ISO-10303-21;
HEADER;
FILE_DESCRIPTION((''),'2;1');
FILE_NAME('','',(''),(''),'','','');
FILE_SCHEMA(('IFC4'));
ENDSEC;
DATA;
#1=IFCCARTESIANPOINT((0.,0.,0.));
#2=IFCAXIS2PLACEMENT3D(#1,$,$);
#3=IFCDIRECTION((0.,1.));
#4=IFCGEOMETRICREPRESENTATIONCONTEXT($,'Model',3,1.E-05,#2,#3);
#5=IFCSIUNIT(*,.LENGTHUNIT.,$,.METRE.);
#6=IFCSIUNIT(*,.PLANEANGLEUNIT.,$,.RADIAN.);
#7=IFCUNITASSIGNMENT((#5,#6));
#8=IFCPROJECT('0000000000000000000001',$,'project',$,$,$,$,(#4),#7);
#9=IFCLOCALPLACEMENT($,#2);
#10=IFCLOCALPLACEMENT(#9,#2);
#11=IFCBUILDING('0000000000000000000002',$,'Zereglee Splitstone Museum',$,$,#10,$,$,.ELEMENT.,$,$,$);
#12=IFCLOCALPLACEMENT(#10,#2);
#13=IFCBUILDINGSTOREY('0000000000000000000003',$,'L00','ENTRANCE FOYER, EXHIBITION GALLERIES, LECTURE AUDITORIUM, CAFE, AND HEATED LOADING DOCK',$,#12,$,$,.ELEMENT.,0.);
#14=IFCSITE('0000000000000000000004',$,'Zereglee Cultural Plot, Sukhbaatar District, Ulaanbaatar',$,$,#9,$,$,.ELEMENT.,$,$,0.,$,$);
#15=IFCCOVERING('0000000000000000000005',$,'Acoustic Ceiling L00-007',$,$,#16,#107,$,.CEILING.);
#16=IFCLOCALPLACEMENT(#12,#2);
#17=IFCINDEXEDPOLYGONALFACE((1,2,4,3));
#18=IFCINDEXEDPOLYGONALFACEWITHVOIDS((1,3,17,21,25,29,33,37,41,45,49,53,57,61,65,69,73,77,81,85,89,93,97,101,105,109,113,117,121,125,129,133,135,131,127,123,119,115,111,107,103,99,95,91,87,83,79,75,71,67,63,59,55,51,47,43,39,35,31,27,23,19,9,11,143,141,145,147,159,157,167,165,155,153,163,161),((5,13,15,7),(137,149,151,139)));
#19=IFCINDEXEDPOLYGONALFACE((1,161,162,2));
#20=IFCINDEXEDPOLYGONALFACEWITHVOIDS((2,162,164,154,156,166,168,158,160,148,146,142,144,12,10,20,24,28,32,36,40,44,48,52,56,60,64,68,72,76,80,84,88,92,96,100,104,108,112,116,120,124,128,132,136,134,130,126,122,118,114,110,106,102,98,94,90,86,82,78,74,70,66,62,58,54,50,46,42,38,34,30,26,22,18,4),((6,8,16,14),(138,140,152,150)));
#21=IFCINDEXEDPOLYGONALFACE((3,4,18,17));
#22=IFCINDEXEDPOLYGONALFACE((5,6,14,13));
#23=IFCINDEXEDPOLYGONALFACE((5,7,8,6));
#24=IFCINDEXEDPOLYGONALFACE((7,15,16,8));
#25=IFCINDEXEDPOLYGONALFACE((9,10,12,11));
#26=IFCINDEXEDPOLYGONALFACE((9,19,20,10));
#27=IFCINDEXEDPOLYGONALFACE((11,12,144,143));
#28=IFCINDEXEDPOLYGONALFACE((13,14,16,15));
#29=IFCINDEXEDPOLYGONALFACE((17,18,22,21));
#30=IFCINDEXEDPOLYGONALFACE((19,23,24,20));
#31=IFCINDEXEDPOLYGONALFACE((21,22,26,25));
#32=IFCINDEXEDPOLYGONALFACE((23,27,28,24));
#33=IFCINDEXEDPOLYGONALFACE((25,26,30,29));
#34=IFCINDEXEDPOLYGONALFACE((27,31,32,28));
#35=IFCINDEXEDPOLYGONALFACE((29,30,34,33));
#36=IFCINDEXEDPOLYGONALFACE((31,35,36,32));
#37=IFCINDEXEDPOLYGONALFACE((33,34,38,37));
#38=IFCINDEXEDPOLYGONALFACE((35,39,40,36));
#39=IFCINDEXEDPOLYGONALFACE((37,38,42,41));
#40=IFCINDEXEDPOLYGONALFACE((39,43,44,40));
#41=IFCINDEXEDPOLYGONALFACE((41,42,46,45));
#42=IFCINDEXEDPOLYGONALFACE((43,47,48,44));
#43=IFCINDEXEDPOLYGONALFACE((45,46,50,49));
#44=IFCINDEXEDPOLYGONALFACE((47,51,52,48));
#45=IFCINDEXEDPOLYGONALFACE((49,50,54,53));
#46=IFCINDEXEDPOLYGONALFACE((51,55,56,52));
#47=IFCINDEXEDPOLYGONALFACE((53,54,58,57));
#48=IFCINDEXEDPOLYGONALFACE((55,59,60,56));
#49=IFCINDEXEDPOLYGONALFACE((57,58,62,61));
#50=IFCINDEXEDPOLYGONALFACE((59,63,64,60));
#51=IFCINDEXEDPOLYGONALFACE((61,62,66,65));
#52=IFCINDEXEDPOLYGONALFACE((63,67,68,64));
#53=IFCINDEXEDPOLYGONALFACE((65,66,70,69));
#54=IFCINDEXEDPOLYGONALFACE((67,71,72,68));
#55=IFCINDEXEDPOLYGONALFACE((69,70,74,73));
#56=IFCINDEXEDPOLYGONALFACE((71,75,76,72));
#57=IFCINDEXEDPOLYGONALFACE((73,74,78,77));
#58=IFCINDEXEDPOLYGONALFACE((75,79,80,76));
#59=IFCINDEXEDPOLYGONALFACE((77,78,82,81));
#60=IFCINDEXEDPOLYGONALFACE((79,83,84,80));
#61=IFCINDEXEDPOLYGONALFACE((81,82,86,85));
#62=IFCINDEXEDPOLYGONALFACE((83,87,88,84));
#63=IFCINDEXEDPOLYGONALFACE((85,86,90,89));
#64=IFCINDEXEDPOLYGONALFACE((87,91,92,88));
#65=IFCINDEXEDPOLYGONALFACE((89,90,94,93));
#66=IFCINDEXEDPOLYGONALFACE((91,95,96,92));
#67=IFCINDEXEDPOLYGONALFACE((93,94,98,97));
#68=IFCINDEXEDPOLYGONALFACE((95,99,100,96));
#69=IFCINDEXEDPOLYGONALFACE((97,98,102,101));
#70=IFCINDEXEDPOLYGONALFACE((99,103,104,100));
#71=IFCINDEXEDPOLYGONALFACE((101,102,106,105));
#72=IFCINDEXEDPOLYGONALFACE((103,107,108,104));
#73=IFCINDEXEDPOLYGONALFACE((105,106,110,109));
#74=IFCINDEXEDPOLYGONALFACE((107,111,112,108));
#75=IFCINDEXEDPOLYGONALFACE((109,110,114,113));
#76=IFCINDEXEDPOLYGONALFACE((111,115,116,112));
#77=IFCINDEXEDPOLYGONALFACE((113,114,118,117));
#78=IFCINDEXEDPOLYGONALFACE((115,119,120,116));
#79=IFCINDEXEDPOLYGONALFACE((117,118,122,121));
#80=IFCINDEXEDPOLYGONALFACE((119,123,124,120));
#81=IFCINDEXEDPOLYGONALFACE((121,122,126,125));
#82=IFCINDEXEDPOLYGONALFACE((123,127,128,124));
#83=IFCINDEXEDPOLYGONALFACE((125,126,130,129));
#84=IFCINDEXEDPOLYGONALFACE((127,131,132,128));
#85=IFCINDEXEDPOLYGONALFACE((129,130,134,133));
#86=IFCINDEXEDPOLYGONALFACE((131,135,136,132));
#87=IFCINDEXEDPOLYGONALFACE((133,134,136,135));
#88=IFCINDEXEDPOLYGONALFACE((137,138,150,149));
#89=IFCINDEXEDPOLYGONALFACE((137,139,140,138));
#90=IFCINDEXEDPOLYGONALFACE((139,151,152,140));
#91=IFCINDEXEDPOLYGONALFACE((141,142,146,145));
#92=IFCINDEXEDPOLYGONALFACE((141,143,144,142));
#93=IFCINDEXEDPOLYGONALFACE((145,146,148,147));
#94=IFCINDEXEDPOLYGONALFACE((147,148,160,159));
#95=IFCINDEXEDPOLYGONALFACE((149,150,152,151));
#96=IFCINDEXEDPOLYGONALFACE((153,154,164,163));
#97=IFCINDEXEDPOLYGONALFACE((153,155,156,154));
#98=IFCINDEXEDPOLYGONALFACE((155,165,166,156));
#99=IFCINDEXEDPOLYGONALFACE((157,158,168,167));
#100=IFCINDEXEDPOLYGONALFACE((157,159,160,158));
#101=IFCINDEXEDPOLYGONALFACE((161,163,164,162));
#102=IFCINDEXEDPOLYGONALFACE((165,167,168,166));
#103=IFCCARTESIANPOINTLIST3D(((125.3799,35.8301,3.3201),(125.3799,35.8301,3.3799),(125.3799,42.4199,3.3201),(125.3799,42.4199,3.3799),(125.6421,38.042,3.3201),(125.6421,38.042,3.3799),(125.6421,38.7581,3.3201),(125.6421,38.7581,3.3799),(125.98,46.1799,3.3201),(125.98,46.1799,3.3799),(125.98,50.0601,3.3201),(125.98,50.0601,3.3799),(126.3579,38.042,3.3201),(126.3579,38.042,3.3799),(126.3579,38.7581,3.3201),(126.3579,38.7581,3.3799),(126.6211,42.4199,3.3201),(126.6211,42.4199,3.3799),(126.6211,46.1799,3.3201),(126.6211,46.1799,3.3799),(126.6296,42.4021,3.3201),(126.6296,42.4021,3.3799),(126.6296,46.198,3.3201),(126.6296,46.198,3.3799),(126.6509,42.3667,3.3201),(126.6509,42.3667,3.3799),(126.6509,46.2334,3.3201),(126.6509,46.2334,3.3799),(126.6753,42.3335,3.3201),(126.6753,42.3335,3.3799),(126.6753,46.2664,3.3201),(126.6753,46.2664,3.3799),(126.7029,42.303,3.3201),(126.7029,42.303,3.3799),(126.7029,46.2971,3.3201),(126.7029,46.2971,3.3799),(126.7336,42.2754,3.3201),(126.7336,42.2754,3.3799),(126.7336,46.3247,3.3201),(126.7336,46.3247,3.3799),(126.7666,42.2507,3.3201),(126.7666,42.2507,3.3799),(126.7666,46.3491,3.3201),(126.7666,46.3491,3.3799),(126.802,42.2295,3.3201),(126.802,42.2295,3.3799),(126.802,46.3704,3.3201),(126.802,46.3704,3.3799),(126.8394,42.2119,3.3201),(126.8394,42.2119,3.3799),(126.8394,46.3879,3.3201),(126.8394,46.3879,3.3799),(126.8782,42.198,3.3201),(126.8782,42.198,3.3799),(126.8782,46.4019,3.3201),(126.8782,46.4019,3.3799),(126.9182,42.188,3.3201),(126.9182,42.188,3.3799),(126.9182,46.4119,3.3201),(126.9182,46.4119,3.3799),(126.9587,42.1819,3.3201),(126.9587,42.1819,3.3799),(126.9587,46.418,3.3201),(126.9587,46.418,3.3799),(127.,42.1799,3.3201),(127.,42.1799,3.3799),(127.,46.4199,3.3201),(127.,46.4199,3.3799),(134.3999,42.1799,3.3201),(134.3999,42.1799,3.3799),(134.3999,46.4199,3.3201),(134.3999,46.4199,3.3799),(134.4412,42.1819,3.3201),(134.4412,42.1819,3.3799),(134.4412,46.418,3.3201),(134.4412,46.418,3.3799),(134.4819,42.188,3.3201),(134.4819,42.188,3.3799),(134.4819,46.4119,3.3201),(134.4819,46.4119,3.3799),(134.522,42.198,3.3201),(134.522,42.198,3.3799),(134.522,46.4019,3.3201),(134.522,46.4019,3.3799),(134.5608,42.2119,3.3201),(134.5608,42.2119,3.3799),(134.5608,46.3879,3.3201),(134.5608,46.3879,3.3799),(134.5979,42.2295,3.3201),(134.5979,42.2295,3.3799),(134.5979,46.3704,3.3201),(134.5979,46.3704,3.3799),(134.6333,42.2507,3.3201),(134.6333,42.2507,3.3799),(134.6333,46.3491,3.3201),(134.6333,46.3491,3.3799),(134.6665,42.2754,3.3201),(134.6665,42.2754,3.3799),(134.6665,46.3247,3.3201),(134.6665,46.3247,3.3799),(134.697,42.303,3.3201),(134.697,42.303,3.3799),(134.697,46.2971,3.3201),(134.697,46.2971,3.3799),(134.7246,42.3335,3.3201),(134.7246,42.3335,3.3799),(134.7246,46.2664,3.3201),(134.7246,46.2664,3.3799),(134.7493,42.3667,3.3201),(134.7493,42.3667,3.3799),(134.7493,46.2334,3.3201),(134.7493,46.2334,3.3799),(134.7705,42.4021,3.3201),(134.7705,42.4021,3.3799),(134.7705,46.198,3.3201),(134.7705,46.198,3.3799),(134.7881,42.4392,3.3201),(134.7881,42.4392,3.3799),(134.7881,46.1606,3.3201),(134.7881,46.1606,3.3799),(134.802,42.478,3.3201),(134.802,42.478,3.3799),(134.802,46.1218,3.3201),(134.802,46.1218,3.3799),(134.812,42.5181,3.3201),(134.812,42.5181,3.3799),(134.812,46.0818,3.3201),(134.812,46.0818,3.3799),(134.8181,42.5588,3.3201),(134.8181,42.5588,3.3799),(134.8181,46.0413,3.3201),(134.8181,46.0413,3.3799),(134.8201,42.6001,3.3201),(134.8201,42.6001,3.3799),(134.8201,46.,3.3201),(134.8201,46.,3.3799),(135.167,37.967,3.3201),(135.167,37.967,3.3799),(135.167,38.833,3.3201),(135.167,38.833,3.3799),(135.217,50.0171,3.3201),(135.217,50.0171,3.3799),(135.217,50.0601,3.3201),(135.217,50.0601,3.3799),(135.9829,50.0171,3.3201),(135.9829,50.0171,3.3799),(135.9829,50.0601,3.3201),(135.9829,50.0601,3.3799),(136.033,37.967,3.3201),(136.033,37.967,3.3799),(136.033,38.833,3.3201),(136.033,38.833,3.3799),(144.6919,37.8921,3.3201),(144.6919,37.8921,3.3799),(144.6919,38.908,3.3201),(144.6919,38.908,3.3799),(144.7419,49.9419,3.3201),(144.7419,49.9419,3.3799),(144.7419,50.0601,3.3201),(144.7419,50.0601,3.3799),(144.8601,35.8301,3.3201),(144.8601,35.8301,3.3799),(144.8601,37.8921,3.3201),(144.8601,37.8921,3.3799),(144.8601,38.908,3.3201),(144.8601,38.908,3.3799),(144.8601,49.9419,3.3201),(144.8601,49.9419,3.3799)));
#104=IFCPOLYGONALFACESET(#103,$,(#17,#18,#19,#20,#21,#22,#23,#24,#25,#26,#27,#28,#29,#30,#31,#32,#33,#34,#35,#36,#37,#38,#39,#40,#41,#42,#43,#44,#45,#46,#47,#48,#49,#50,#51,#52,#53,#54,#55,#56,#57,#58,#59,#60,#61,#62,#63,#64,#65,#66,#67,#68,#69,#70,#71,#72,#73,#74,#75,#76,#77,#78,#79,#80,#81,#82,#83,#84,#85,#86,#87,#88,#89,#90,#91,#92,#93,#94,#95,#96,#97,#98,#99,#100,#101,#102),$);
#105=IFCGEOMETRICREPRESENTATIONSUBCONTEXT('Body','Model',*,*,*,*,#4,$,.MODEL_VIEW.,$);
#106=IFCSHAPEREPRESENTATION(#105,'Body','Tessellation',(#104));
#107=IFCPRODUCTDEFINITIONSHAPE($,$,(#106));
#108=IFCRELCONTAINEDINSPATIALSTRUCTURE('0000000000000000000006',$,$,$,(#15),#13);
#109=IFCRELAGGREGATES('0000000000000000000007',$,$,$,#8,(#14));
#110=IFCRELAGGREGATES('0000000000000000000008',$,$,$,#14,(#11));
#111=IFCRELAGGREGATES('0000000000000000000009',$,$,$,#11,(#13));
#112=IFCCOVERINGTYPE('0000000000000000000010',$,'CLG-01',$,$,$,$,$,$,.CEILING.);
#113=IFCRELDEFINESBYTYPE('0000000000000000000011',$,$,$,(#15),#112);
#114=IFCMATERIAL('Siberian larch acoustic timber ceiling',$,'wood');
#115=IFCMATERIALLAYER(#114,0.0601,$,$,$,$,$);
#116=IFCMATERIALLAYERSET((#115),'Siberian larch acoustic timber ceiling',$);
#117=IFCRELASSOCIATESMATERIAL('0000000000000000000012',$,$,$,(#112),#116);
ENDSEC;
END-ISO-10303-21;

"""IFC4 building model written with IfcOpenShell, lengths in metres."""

from ifc_helpers import new_model, si_unit, direction, frame, origin, place, context, subcontext, project, spatial, polyline, outline, extrude, material, layer, layer_set, type_object, element, save


model = new_model("IFC4")

# Units and contexts
model_context = context("Model", 3, precision=1e-05, world=origin(), true_north=direction((0.0, 1.0)))
body_context = subcontext(model_context, "Body", "Model", "MODEL_VIEW")
ifc_project = project(units=[si_unit("LENGTHUNIT", "METRE"), si_unit("PLANEANGLEUNIT", "RADIAN")], contexts=[model_context])

# Site, building, storey
site_placement = place(None, origin())
site = spatial("IfcSite", under=ifc_project, at=site_placement, Name="Zereglee Cultural Plot, Sukhbaatar District, Ulaanbaatar", CompositionType="ELEMENT", RefElevation=0.0)
building_placement = place(site_placement, origin())
building = spatial("IfcBuilding", under=site, at=building_placement, Name="Zereglee Splitstone Museum", CompositionType="ELEMENT")
storey_placement = place(building_placement, origin())
storey = spatial("IfcBuildingStorey", under=building, at=storey_placement, Name="L00", Description="ENTRANCE FOYER, EXHIBITION GALLERIES, LECTURE AUDITORIUM, CAFE, AND HEATED LOADING DOCK", CompositionType="ELEMENT", Elevation=0.0)

# Covering
ifc_material_1 = material(Name="Siberian larch acoustic timber ceiling", Category="wood")
ifc_layer_1 = layer(ifc_material_1, 0.0601)
ifc_layer_set_1 = layer_set([ifc_layer_1], Name="Siberian larch acoustic timber ceiling")
covering_type_1 = type_object("IfcCoveringType", Name="CLG-01", PredefinedType="CEILING", material=ifc_layer_set_1)
covering_1_placement = place(storey_placement, frame((0.0, 0.0, 3.3201)))
element("IfcCovering", 1, at=covering_1_placement, inside=storey, type_object=covering_type_1, Name="Acoustic Ceiling L00-007", PredefinedType="CEILING", context=body_context, shape_type="SweptSolid", body=[
    extrude(outline(polyline([(125.98, 50.0601), (135.217, 50.0601), (135.217, 50.0171), (135.9829, 50.0171), (135.9829, 50.0601), (144.7419, 50.0601), (144.7419, 49.9419), (144.8601, 49.9419), (144.8601, 38.908), (144.6919, 38.908), (144.6919, 37.8921), (144.8601, 37.8921), (144.8601, 35.8301), (125.3799, 35.8301), (125.3799, 42.4199), (126.6211, 42.4199), (126.6296, 42.4021), (126.6509, 42.3667), (126.6753, 42.3335), (126.7029, 42.303), (126.7336, 42.2754), (126.7666, 42.2507), (126.802, 42.2295), (126.8394, 42.2119), (126.8782, 42.198), (126.9182, 42.188), (126.9587, 42.1819), (127.0, 42.1799), (134.3999, 42.1799), (134.4412, 42.1819), (134.4819, 42.188), (134.522, 42.198), (134.5608, 42.2119), (134.5979, 42.2295), (134.6333, 42.2507), (134.6665, 42.2754), (134.697, 42.303), (134.7246, 42.3335), (134.7493, 42.3667), (134.7705, 42.4021), (134.7881, 42.4392), (134.802, 42.478), (134.812, 42.5181), (134.8181, 42.5588), (134.8201, 42.6001), (134.8201, 46.0), (134.8181, 46.0413), (134.812, 46.0818), (134.802, 46.1218), (134.7881, 46.1606), (134.7705, 46.198), (134.7493, 46.2334), (134.7246, 46.2664), (134.697, 46.2971), (134.6665, 46.3247), (134.6333, 46.3491), (134.5979, 46.3704), (134.5608, 46.3879), (134.522, 46.4019), (134.4819, 46.4119), (134.4412, 46.418), (134.3999, 46.4199), (127.0, 46.4199), (126.9587, 46.418), (126.9182, 46.4119), (126.8782, 46.4019), (126.8394, 46.3879), (126.802, 46.3704), (126.7666, 46.3491), (126.7336, 46.3247), (126.7029, 46.2971), (126.6753, 46.2664), (126.6509, 46.2334), (126.6296, 46.198), (126.6211, 46.1799), (125.98, 46.1799), (125.98, 50.0601)]), holes=[polyline([(135.167, 38.833), (135.167, 37.967), (136.033, 37.967), (136.033, 38.833), (135.167, 38.833)]), polyline([(125.6421, 38.7581), (125.6421, 38.042), (126.3579, 38.042), (126.3579, 38.7581), (125.6421, 38.7581)])]), origin(), (0.0, 0.0, 1.0), 0.0598),
])

save(model, "model.ifc")
